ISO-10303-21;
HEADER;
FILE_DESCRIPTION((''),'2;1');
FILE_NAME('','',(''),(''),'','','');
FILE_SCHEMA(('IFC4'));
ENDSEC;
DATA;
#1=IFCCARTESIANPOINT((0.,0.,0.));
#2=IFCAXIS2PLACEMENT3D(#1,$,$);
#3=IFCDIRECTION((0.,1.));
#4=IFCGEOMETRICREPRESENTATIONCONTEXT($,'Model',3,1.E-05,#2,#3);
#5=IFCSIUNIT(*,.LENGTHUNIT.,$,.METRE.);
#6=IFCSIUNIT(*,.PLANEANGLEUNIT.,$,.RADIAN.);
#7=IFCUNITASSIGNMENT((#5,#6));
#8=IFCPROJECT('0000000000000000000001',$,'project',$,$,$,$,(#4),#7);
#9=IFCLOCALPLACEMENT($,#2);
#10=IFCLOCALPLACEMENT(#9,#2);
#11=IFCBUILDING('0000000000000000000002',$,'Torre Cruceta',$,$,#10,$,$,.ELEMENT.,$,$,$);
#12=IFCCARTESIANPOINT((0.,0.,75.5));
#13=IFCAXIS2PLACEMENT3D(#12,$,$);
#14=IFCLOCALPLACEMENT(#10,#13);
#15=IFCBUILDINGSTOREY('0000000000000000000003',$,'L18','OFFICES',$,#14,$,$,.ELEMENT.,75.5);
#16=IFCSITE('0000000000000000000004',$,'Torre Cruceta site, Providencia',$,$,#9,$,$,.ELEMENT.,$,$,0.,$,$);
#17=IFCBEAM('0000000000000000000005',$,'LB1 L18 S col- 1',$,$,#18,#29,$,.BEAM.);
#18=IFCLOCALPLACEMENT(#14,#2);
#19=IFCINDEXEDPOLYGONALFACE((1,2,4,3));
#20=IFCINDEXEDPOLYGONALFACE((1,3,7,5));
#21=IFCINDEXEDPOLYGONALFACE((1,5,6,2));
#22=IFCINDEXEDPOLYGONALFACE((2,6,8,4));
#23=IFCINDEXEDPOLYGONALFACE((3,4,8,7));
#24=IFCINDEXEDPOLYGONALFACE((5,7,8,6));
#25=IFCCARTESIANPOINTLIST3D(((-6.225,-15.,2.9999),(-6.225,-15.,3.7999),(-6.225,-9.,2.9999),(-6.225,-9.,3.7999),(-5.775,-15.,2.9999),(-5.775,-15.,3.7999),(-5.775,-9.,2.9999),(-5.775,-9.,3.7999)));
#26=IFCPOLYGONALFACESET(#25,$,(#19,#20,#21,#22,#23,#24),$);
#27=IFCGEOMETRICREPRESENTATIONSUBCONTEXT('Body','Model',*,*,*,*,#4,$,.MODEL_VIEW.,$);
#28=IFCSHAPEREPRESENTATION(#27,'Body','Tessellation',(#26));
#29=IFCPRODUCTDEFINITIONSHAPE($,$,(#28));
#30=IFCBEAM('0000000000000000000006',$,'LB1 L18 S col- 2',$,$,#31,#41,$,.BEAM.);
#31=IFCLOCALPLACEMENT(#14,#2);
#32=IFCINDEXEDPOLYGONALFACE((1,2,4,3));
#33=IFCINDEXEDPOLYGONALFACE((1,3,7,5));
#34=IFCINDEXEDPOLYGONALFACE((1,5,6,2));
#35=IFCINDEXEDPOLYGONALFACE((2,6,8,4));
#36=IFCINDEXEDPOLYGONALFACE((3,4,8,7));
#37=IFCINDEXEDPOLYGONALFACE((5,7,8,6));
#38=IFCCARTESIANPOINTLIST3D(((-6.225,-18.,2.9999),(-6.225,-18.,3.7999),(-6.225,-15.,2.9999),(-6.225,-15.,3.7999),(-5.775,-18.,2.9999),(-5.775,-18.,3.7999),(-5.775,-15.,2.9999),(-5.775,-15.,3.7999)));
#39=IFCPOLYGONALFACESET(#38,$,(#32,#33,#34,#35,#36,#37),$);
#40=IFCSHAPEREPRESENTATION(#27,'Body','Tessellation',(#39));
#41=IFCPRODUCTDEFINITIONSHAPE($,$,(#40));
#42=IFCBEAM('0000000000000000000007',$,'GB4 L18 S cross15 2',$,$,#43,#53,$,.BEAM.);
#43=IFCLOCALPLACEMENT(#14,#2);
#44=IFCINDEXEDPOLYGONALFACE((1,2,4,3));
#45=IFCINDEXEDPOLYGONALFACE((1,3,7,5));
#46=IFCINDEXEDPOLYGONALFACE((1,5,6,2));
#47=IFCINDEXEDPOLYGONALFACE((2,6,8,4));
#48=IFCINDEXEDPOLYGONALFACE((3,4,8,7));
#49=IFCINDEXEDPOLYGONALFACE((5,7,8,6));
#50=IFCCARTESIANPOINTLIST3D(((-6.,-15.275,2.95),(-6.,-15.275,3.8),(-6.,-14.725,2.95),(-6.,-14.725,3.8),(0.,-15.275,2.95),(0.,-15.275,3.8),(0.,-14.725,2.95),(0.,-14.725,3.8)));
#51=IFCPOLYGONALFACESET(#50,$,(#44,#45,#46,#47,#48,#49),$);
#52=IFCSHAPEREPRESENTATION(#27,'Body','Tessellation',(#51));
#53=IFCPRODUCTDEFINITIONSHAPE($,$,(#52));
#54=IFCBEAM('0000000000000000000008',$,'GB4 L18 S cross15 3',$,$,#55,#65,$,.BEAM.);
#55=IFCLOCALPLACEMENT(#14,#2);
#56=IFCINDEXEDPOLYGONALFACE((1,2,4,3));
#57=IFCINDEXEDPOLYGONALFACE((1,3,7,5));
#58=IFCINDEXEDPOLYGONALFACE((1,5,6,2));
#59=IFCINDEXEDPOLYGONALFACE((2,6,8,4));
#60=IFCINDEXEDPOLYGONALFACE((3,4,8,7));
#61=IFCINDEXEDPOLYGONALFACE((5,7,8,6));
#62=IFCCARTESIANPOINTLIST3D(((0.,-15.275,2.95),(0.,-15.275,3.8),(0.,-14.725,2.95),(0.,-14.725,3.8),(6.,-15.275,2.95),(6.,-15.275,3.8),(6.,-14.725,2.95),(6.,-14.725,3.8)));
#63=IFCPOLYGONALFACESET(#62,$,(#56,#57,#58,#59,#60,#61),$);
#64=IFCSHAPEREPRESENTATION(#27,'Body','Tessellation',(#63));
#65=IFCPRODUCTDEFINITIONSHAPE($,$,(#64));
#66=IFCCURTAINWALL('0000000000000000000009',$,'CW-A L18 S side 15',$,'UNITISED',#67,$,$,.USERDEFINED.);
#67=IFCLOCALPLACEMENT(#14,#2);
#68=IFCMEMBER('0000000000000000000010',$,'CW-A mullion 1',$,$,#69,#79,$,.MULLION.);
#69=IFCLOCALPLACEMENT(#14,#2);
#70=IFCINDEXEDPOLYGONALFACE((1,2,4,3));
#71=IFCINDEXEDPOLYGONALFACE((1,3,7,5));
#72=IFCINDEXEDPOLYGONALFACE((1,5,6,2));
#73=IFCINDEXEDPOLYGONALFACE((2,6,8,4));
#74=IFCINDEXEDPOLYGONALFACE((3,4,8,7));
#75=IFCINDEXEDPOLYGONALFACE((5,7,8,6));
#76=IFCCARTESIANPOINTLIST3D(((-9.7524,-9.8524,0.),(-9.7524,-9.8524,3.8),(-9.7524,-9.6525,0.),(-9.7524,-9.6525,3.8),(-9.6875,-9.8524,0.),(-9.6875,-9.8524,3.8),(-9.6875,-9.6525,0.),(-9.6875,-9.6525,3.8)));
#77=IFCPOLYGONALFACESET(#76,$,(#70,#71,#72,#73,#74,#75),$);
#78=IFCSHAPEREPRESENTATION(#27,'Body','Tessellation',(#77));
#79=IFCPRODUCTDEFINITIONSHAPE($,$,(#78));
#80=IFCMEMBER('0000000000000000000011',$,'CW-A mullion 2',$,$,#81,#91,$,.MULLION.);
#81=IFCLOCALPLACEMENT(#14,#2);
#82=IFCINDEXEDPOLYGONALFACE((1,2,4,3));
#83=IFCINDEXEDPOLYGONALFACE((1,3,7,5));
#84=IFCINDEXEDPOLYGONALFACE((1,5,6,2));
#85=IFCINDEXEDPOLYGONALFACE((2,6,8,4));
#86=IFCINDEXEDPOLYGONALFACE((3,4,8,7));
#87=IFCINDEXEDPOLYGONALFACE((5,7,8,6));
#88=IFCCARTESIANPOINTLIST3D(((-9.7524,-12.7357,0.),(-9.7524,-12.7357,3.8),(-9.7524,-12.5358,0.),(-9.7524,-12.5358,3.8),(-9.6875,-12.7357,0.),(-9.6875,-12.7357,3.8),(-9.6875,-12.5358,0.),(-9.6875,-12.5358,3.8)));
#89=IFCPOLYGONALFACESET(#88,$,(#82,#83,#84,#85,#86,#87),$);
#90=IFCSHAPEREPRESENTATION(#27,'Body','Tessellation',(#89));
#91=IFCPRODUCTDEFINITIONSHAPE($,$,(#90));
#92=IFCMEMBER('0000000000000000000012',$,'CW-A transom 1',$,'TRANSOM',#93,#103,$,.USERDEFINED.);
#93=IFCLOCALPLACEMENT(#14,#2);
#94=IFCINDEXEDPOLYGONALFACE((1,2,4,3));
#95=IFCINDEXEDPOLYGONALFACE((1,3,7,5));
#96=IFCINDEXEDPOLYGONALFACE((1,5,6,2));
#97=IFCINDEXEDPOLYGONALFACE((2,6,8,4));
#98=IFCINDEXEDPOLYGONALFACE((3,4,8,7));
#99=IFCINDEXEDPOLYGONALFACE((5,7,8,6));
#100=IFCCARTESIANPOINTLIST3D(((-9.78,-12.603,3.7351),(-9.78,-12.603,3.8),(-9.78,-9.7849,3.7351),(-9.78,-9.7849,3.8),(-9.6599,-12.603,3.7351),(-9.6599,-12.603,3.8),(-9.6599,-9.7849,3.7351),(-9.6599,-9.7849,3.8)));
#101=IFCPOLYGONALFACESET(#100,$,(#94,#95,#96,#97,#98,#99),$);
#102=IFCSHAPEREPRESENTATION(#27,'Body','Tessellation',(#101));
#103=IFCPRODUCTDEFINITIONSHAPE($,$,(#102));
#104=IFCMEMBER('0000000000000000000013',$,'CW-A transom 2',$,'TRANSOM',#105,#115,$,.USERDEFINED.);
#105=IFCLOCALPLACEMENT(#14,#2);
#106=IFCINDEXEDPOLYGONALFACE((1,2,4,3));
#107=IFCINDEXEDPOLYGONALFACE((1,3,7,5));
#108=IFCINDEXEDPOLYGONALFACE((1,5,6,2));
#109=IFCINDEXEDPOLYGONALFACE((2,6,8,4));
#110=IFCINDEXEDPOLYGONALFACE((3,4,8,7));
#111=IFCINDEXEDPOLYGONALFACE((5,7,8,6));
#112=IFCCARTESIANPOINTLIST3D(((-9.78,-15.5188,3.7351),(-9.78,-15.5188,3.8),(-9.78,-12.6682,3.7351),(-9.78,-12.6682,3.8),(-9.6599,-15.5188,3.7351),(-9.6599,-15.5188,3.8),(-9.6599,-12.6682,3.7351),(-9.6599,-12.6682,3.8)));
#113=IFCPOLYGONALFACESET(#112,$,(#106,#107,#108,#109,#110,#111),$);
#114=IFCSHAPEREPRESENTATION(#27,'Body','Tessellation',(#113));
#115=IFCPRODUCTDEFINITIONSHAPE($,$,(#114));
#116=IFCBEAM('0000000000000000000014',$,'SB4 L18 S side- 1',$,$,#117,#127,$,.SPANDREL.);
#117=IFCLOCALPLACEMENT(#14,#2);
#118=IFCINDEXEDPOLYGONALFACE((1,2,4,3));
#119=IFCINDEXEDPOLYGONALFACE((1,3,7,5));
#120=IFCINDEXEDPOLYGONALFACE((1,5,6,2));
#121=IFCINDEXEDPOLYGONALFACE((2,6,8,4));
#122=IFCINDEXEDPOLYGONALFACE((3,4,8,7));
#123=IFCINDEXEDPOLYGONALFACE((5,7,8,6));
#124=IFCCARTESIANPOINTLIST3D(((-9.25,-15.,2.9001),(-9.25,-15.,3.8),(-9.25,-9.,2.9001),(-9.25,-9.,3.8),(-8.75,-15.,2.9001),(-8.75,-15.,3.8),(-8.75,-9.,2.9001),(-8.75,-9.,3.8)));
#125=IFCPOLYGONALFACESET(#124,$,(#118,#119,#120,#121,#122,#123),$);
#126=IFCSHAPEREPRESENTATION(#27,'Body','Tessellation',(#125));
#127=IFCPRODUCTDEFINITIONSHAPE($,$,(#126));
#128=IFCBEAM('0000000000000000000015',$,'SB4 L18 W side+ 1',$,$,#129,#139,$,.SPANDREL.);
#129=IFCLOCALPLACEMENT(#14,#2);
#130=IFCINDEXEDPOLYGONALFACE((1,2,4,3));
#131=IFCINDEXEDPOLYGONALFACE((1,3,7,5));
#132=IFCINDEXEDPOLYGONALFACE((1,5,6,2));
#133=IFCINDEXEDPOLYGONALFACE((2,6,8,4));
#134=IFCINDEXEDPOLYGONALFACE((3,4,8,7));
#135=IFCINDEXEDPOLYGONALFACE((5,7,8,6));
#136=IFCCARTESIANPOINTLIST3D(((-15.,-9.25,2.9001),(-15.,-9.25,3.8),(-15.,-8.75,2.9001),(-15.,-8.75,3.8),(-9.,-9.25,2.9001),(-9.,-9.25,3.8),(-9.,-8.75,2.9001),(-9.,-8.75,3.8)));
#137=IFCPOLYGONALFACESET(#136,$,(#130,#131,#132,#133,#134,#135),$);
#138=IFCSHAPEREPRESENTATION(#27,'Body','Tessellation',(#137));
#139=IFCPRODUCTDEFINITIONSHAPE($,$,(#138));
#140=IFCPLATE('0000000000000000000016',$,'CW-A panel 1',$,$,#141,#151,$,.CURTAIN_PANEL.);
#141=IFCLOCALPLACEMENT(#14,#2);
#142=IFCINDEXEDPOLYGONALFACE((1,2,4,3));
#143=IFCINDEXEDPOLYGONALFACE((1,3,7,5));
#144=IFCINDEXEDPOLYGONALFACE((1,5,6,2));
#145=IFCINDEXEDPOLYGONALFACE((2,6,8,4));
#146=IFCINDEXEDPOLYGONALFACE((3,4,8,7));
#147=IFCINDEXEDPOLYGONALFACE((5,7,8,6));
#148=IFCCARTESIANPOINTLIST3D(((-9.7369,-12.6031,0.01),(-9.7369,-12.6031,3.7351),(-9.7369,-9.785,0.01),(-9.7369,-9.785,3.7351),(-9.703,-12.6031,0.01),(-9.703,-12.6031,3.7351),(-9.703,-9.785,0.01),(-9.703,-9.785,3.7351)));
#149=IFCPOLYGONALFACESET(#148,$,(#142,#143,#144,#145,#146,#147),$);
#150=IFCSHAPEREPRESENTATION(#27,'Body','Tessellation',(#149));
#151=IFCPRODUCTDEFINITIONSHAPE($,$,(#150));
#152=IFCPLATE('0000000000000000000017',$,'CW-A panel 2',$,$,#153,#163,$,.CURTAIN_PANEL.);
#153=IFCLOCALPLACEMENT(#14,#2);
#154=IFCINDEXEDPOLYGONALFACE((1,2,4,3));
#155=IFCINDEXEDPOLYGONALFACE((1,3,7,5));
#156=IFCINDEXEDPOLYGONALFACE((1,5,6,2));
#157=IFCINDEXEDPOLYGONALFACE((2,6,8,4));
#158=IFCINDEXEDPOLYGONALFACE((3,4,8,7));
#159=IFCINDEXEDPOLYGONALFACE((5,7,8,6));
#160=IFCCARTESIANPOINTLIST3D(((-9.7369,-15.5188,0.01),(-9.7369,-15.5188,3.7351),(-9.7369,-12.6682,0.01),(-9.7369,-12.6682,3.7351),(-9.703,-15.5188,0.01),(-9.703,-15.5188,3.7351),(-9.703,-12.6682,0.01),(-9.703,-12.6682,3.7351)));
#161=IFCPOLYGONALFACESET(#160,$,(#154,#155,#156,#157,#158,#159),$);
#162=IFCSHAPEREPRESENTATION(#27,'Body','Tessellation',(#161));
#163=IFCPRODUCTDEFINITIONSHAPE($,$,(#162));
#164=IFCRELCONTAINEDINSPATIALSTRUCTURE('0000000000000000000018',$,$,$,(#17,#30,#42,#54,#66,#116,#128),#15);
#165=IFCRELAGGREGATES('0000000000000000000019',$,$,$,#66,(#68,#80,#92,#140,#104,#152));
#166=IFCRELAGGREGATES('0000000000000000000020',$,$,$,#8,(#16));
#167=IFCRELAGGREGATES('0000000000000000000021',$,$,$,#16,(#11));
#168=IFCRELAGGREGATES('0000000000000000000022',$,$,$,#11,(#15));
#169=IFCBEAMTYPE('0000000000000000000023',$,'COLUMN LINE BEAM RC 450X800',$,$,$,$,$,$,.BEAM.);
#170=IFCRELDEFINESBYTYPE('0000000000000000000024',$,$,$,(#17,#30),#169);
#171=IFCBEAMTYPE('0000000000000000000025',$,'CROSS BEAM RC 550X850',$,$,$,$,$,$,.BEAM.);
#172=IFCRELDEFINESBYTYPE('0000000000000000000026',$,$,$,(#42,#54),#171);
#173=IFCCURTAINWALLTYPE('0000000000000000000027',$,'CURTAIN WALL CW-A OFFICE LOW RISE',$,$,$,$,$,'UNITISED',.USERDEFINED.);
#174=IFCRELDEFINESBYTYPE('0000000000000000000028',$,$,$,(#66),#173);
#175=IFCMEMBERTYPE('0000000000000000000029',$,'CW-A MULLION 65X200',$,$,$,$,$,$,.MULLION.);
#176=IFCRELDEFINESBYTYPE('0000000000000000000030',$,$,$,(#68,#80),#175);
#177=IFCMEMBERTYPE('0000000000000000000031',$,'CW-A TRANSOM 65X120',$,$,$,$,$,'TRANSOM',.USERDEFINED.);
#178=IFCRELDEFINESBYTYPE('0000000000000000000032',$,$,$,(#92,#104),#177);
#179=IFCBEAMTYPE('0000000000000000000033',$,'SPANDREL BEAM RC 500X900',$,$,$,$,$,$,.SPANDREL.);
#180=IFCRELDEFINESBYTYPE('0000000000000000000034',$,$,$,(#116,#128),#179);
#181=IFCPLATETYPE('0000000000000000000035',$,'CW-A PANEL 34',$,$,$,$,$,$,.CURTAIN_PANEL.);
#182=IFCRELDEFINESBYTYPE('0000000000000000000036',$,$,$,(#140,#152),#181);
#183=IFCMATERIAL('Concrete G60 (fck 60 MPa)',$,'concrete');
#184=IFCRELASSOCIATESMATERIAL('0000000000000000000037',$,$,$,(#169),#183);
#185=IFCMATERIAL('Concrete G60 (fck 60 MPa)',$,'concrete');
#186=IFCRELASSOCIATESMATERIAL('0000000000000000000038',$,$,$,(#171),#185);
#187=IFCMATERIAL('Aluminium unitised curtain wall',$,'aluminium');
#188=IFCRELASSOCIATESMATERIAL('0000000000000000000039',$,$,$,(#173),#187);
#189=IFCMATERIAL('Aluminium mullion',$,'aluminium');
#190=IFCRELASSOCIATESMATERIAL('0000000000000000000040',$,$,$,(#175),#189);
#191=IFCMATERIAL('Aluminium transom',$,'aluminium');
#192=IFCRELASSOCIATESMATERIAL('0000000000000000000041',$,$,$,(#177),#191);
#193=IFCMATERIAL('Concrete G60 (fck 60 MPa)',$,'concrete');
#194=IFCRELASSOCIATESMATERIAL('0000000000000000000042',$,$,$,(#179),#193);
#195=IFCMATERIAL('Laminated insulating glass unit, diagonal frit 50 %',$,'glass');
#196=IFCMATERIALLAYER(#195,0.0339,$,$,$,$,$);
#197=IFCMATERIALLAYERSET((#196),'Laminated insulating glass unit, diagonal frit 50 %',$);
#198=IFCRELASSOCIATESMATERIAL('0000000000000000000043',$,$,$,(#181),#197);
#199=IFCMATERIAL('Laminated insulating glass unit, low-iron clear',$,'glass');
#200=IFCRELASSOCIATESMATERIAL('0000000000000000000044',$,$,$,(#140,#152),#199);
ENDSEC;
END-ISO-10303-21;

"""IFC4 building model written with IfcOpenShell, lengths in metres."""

from ifc_helpers import new_model, si_unit, direction, frame, origin, origin_2d, place, context, subcontext, project, spatial, rectangle, extrude, material, layer, layer_set, material_profile, profile_set, type_object, element, aggregate, save


model = new_model("IFC4")

# Units and contexts
model_context = context("Model", 3, precision=1e-05, world=origin(), true_north=direction((0.0, 1.0)))
body_context = subcontext(model_context, "Body", "Model", "MODEL_VIEW")
ifc_project = project(units=[si_unit("LENGTHUNIT", "METRE"), si_unit("PLANEANGLEUNIT", "RADIAN")], contexts=[model_context])

# Site, building, storey
site_placement = place(None, origin())
site = spatial("IfcSite", under=ifc_project, at=site_placement, Name="Torre Cruceta site, Providencia", CompositionType="ELEMENT", RefElevation=0.0)
building_placement = place(site_placement, origin())
building = spatial("IfcBuilding", under=site, at=building_placement, Name="Torre Cruceta", CompositionType="ELEMENT")
storey_placement = place(building_placement, frame((0.0, 0.0, 75.5)))
storey = spatial("IfcBuildingStorey", under=building, at=storey_placement, Name="L18", Description="OFFICES", CompositionType="ELEMENT", Elevation=75.5)

# Beams
ifc_material_1 = material(Name="Concrete G60 (fck 60 MPa)", Category="concrete")
ifc_material_profile_1 = material_profile(ifc_material_1, rectangle(XDim=0.45, YDim=0.8, at=origin_2d()), Name="RC 450X800")
ifc_profile_set_1 = profile_set([ifc_material_profile_1], Name="Concrete G60 (fck 60 MPa)")
beam_type_1 = type_object("IfcBeamType", Name="COLUMN LINE BEAM RC 450X800", PredefinedType="BEAM", material=ifc_profile_set_1)
beam_1_placement = place(storey_placement, frame((-6.0, -9.0, 3.3999), z_axis=(0.0, -1.0, 0.0), x_axis=(1.0, 0.0, 0.0)))
element("IfcBeam", 1, at=beam_1_placement, inside=storey, type_object=beam_type_1, Name="LB1 L18 S col- 1", PredefinedType="BEAM", context=body_context, shape_type="SweptSolid", body=[
    extrude(rectangle(XDim=0.45, YDim=0.8, at=origin_2d()), origin(), (0.0, 0.0, 1.0), 6.0),
])
beam_2_placement = place(storey_placement, frame((-6.0, -15.0, 3.3999), z_axis=(0.0, -1.0, 0.0), x_axis=(1.0, 0.0, 0.0)))
element("IfcBeam", 2, at=beam_2_placement, inside=storey, type_object=beam_type_1, Name="LB1 L18 S col- 2", PredefinedType="BEAM", context=body_context, shape_type="SweptSolid", body=[
    extrude(rectangle(XDim=0.45, YDim=0.8, at=origin_2d()), origin(), (0.0, 0.0, 1.0), 3.0),
])
ifc_material_2 = material(Name="Concrete G60 (fck 60 MPa)", Category="concrete")
ifc_material_profile_2 = material_profile(ifc_material_2, rectangle(XDim=0.55, YDim=0.8501, at=origin_2d()), Name="RC 550X850")
ifc_profile_set_2 = profile_set([ifc_material_profile_2], Name="Concrete G60 (fck 60 MPa)")
beam_type_2 = type_object("IfcBeamType", Name="CROSS BEAM RC 550X850", PredefinedType="BEAM", material=ifc_profile_set_2)
for number, where, z_axis, x_axis, name in (
    (3, (-6.0, -15.0, 3.375), (1.0, 0.0, 0.0), (0.0, 1.0, 0.0), "GB4 L18 S cross15 2"),
    (4, (0.0, -15.0, 3.375), (1.0, 0.0, 0.0), (0.0, 1.0, 0.0), "GB4 L18 S cross15 3"),
):
    element("IfcBeam", number, at=place(storey_placement, frame(where, z_axis=z_axis, x_axis=x_axis)), inside=storey, type_object=beam_type_2, Name=name, PredefinedType="BEAM", context=body_context, shape_type="SweptSolid", body=[
        extrude(rectangle(XDim=0.55, YDim=0.8501, at=origin_2d()), origin(), (0.0, 0.0, 1.0), 6.0),
    ])

# Curtain wall, members
ifc_material_3 = material(Name="Aluminium unitised curtain wall", Category="aluminium")
curtain_wall_type = type_object("IfcCurtainWallType", Name="CURTAIN WALL CW-A OFFICE LOW RISE", ElementType="UNITISED", PredefinedType="USERDEFINED", material=ifc_material_3)
curtain_wall_placement = place(storey_placement, origin())
curtain_wall = element("IfcCurtainWall", 5, at=curtain_wall_placement, inside=storey, type_object=curtain_wall_type, Name="CW-A L18 S side 15", ObjectType="UNITISED", PredefinedType="USERDEFINED")
ifc_material_4 = material(Name="Aluminium mullion", Category="aluminium")
ifc_material_profile_3 = material_profile(ifc_material_4, rectangle(XDim=0.0649, YDim=0.2, at=origin_2d()), Name="AL 65X200")
ifc_profile_set_3 = profile_set([ifc_material_profile_3], Name="Aluminium mullion")
member_type_1 = type_object("IfcMemberType", Name="CW-A MULLION 65X200", PredefinedType="MULLION", material=ifc_profile_set_3)
member_1_placement = place(storey_placement, frame((-9.72, -9.7524, 0.0), z_axis=(0.0, 0.0, 1.0), x_axis=(1.0, 0.0, 0.0)))
member_1 = element("IfcMember", 6, at=member_1_placement, type_object=member_type_1, Name="CW-A mullion 1", PredefinedType="MULLION", context=body_context, shape_type="SweptSolid", body=[
    extrude(rectangle(XDim=0.0649, YDim=0.2, at=origin_2d()), origin(), (0.0, 0.0, 1.0), 3.8),
])
member_2_placement = place(storey_placement, frame((-9.72, -12.6357, 0.0), z_axis=(0.0, 0.0, 1.0), x_axis=(1.0, 0.0, 0.0)))
member_2 = element("IfcMember", 7, at=member_2_placement, type_object=member_type_1, Name="CW-A mullion 2", PredefinedType="MULLION", context=body_context, shape_type="SweptSolid", body=[
    extrude(rectangle(XDim=0.0649, YDim=0.2, at=origin_2d()), origin(), (0.0, 0.0, 1.0), 3.8),
])
ifc_material_5 = material(Name="Aluminium transom", Category="aluminium")
ifc_material_profile_4 = material_profile(ifc_material_5, rectangle(XDim=0.1201, YDim=0.0649, at=origin_2d()), Name="AL 120X65")
ifc_profile_set_4 = profile_set([ifc_material_profile_4], Name="Aluminium transom")
member_type_2 = type_object("IfcMemberType", Name="CW-A TRANSOM 65X120", ElementType="TRANSOM", PredefinedType="USERDEFINED", material=ifc_profile_set_4)
member_3_placement = place(storey_placement, frame((-9.72, -9.7849, 3.7676), z_axis=(0.0, -1.0, 0.0), x_axis=(1.0, 0.0, 0.0)))
member_3 = element("IfcMember", 8, at=member_3_placement, type_object=member_type_2, Name="CW-A transom 1", ObjectType="TRANSOM", PredefinedType="USERDEFINED", context=body_context, shape_type="SweptSolid", body=[
    extrude(rectangle(XDim=0.1201, YDim=0.0649, at=origin_2d()), origin(), (0.0, 0.0, 1.0), 2.8181),
])
member_4_placement = place(storey_placement, frame((-9.72, -12.6682, 3.7676), z_axis=(0.0, -1.0, 0.0), x_axis=(1.0, 0.0, 0.0)))
member_4 = element("IfcMember", 9, at=member_4_placement, type_object=member_type_2, Name="CW-A transom 2", ObjectType="TRANSOM", PredefinedType="USERDEFINED", context=body_context, shape_type="SweptSolid", body=[
    extrude(rectangle(XDim=0.1201, YDim=0.0649, at=origin_2d()), origin(), (0.0, 0.0, 1.0), 2.8506),
])

# Beams
ifc_material_6 = material(Name="Concrete G60 (fck 60 MPa)", Category="concrete")
ifc_material_profile_5 = material_profile(ifc_material_6, rectangle(XDim=0.5, YDim=0.8999, at=origin_2d()), Name="RC 500X900")
ifc_profile_set_5 = profile_set([ifc_material_profile_5], Name="Concrete G60 (fck 60 MPa)")
beam_type_3 = type_object("IfcBeamType", Name="SPANDREL BEAM RC 500X900", PredefinedType="SPANDREL", material=ifc_profile_set_5)
for number, where, z_axis, x_axis, name in (
    (10, (-9.0, -9.0, 3.3501), (0.0, -1.0, 0.0), (1.0, 0.0, 0.0), "SB4 L18 S side- 1"),
    (11, (-9.0, -9.0, 3.3501), (-1.0, 0.0, 0.0), (0.0, -1.0, 0.0), "SB4 L18 W side+ 1"),
):
    element("IfcBeam", number, at=place(storey_placement, frame(where, z_axis=z_axis, x_axis=x_axis)), inside=storey, type_object=beam_type_3, Name=name, PredefinedType="SPANDREL", context=body_context, shape_type="SweptSolid", body=[
        extrude(rectangle(XDim=0.5, YDim=0.8999, at=origin_2d()), origin(), (0.0, 0.0, 1.0), 6.0),
    ])

# Plates
ifc_material_7 = material(Name="Laminated insulating glass unit, low-iron clear", Category="glass")
ifc_material_8 = material(Name="Laminated insulating glass unit, diagonal frit 50 %", Category="glass")
ifc_layer_1 = layer(ifc_material_8, 0.0339)
ifc_layer_set_1 = layer_set([ifc_layer_1], Name="Laminated insulating glass unit, diagonal frit 50 %")
plate_type = type_object("IfcPlateType", Name="CW-A PANEL 34", PredefinedType="CURTAIN_PANEL", material=ifc_layer_set_1)
plate_1_placement = place(storey_placement, frame((-9.72, -11.1941, 0.01), z_axis=(0.0, 0.0, 1.0), x_axis=(0.0, -1.0, 0.0)))
plate_1 = element("IfcPlate", 12, at=plate_1_placement, type_object=plate_type, material=ifc_material_7, Name="CW-A panel 1", PredefinedType="CURTAIN_PANEL", context=body_context, shape_type="SweptSolid", body=[
    extrude(rectangle(XDim=2.8181, YDim=0.0339, at=origin_2d()), origin(), (0.0, 0.0, 1.0), 3.7251),
])
plate_2_placement = place(storey_placement, frame((-9.72, -14.0935, 0.01), z_axis=(0.0, 0.0, 1.0), x_axis=(0.0, -1.0, 0.0)))
plate_2 = element("IfcPlate", 13, at=plate_2_placement, type_object=plate_type, material=ifc_material_7, Name="CW-A panel 2", PredefinedType="CURTAIN_PANEL", context=body_context, shape_type="SweptSolid", body=[
    extrude(rectangle(XDim=2.8506, YDim=0.0339, at=origin_2d()), origin(), (0.0, 0.0, 1.0), 3.7251),
])
aggregate(curtain_wall, [member_1, member_2, member_3, plate_1, member_4, plate_2])

save(model, "model.ifc")
